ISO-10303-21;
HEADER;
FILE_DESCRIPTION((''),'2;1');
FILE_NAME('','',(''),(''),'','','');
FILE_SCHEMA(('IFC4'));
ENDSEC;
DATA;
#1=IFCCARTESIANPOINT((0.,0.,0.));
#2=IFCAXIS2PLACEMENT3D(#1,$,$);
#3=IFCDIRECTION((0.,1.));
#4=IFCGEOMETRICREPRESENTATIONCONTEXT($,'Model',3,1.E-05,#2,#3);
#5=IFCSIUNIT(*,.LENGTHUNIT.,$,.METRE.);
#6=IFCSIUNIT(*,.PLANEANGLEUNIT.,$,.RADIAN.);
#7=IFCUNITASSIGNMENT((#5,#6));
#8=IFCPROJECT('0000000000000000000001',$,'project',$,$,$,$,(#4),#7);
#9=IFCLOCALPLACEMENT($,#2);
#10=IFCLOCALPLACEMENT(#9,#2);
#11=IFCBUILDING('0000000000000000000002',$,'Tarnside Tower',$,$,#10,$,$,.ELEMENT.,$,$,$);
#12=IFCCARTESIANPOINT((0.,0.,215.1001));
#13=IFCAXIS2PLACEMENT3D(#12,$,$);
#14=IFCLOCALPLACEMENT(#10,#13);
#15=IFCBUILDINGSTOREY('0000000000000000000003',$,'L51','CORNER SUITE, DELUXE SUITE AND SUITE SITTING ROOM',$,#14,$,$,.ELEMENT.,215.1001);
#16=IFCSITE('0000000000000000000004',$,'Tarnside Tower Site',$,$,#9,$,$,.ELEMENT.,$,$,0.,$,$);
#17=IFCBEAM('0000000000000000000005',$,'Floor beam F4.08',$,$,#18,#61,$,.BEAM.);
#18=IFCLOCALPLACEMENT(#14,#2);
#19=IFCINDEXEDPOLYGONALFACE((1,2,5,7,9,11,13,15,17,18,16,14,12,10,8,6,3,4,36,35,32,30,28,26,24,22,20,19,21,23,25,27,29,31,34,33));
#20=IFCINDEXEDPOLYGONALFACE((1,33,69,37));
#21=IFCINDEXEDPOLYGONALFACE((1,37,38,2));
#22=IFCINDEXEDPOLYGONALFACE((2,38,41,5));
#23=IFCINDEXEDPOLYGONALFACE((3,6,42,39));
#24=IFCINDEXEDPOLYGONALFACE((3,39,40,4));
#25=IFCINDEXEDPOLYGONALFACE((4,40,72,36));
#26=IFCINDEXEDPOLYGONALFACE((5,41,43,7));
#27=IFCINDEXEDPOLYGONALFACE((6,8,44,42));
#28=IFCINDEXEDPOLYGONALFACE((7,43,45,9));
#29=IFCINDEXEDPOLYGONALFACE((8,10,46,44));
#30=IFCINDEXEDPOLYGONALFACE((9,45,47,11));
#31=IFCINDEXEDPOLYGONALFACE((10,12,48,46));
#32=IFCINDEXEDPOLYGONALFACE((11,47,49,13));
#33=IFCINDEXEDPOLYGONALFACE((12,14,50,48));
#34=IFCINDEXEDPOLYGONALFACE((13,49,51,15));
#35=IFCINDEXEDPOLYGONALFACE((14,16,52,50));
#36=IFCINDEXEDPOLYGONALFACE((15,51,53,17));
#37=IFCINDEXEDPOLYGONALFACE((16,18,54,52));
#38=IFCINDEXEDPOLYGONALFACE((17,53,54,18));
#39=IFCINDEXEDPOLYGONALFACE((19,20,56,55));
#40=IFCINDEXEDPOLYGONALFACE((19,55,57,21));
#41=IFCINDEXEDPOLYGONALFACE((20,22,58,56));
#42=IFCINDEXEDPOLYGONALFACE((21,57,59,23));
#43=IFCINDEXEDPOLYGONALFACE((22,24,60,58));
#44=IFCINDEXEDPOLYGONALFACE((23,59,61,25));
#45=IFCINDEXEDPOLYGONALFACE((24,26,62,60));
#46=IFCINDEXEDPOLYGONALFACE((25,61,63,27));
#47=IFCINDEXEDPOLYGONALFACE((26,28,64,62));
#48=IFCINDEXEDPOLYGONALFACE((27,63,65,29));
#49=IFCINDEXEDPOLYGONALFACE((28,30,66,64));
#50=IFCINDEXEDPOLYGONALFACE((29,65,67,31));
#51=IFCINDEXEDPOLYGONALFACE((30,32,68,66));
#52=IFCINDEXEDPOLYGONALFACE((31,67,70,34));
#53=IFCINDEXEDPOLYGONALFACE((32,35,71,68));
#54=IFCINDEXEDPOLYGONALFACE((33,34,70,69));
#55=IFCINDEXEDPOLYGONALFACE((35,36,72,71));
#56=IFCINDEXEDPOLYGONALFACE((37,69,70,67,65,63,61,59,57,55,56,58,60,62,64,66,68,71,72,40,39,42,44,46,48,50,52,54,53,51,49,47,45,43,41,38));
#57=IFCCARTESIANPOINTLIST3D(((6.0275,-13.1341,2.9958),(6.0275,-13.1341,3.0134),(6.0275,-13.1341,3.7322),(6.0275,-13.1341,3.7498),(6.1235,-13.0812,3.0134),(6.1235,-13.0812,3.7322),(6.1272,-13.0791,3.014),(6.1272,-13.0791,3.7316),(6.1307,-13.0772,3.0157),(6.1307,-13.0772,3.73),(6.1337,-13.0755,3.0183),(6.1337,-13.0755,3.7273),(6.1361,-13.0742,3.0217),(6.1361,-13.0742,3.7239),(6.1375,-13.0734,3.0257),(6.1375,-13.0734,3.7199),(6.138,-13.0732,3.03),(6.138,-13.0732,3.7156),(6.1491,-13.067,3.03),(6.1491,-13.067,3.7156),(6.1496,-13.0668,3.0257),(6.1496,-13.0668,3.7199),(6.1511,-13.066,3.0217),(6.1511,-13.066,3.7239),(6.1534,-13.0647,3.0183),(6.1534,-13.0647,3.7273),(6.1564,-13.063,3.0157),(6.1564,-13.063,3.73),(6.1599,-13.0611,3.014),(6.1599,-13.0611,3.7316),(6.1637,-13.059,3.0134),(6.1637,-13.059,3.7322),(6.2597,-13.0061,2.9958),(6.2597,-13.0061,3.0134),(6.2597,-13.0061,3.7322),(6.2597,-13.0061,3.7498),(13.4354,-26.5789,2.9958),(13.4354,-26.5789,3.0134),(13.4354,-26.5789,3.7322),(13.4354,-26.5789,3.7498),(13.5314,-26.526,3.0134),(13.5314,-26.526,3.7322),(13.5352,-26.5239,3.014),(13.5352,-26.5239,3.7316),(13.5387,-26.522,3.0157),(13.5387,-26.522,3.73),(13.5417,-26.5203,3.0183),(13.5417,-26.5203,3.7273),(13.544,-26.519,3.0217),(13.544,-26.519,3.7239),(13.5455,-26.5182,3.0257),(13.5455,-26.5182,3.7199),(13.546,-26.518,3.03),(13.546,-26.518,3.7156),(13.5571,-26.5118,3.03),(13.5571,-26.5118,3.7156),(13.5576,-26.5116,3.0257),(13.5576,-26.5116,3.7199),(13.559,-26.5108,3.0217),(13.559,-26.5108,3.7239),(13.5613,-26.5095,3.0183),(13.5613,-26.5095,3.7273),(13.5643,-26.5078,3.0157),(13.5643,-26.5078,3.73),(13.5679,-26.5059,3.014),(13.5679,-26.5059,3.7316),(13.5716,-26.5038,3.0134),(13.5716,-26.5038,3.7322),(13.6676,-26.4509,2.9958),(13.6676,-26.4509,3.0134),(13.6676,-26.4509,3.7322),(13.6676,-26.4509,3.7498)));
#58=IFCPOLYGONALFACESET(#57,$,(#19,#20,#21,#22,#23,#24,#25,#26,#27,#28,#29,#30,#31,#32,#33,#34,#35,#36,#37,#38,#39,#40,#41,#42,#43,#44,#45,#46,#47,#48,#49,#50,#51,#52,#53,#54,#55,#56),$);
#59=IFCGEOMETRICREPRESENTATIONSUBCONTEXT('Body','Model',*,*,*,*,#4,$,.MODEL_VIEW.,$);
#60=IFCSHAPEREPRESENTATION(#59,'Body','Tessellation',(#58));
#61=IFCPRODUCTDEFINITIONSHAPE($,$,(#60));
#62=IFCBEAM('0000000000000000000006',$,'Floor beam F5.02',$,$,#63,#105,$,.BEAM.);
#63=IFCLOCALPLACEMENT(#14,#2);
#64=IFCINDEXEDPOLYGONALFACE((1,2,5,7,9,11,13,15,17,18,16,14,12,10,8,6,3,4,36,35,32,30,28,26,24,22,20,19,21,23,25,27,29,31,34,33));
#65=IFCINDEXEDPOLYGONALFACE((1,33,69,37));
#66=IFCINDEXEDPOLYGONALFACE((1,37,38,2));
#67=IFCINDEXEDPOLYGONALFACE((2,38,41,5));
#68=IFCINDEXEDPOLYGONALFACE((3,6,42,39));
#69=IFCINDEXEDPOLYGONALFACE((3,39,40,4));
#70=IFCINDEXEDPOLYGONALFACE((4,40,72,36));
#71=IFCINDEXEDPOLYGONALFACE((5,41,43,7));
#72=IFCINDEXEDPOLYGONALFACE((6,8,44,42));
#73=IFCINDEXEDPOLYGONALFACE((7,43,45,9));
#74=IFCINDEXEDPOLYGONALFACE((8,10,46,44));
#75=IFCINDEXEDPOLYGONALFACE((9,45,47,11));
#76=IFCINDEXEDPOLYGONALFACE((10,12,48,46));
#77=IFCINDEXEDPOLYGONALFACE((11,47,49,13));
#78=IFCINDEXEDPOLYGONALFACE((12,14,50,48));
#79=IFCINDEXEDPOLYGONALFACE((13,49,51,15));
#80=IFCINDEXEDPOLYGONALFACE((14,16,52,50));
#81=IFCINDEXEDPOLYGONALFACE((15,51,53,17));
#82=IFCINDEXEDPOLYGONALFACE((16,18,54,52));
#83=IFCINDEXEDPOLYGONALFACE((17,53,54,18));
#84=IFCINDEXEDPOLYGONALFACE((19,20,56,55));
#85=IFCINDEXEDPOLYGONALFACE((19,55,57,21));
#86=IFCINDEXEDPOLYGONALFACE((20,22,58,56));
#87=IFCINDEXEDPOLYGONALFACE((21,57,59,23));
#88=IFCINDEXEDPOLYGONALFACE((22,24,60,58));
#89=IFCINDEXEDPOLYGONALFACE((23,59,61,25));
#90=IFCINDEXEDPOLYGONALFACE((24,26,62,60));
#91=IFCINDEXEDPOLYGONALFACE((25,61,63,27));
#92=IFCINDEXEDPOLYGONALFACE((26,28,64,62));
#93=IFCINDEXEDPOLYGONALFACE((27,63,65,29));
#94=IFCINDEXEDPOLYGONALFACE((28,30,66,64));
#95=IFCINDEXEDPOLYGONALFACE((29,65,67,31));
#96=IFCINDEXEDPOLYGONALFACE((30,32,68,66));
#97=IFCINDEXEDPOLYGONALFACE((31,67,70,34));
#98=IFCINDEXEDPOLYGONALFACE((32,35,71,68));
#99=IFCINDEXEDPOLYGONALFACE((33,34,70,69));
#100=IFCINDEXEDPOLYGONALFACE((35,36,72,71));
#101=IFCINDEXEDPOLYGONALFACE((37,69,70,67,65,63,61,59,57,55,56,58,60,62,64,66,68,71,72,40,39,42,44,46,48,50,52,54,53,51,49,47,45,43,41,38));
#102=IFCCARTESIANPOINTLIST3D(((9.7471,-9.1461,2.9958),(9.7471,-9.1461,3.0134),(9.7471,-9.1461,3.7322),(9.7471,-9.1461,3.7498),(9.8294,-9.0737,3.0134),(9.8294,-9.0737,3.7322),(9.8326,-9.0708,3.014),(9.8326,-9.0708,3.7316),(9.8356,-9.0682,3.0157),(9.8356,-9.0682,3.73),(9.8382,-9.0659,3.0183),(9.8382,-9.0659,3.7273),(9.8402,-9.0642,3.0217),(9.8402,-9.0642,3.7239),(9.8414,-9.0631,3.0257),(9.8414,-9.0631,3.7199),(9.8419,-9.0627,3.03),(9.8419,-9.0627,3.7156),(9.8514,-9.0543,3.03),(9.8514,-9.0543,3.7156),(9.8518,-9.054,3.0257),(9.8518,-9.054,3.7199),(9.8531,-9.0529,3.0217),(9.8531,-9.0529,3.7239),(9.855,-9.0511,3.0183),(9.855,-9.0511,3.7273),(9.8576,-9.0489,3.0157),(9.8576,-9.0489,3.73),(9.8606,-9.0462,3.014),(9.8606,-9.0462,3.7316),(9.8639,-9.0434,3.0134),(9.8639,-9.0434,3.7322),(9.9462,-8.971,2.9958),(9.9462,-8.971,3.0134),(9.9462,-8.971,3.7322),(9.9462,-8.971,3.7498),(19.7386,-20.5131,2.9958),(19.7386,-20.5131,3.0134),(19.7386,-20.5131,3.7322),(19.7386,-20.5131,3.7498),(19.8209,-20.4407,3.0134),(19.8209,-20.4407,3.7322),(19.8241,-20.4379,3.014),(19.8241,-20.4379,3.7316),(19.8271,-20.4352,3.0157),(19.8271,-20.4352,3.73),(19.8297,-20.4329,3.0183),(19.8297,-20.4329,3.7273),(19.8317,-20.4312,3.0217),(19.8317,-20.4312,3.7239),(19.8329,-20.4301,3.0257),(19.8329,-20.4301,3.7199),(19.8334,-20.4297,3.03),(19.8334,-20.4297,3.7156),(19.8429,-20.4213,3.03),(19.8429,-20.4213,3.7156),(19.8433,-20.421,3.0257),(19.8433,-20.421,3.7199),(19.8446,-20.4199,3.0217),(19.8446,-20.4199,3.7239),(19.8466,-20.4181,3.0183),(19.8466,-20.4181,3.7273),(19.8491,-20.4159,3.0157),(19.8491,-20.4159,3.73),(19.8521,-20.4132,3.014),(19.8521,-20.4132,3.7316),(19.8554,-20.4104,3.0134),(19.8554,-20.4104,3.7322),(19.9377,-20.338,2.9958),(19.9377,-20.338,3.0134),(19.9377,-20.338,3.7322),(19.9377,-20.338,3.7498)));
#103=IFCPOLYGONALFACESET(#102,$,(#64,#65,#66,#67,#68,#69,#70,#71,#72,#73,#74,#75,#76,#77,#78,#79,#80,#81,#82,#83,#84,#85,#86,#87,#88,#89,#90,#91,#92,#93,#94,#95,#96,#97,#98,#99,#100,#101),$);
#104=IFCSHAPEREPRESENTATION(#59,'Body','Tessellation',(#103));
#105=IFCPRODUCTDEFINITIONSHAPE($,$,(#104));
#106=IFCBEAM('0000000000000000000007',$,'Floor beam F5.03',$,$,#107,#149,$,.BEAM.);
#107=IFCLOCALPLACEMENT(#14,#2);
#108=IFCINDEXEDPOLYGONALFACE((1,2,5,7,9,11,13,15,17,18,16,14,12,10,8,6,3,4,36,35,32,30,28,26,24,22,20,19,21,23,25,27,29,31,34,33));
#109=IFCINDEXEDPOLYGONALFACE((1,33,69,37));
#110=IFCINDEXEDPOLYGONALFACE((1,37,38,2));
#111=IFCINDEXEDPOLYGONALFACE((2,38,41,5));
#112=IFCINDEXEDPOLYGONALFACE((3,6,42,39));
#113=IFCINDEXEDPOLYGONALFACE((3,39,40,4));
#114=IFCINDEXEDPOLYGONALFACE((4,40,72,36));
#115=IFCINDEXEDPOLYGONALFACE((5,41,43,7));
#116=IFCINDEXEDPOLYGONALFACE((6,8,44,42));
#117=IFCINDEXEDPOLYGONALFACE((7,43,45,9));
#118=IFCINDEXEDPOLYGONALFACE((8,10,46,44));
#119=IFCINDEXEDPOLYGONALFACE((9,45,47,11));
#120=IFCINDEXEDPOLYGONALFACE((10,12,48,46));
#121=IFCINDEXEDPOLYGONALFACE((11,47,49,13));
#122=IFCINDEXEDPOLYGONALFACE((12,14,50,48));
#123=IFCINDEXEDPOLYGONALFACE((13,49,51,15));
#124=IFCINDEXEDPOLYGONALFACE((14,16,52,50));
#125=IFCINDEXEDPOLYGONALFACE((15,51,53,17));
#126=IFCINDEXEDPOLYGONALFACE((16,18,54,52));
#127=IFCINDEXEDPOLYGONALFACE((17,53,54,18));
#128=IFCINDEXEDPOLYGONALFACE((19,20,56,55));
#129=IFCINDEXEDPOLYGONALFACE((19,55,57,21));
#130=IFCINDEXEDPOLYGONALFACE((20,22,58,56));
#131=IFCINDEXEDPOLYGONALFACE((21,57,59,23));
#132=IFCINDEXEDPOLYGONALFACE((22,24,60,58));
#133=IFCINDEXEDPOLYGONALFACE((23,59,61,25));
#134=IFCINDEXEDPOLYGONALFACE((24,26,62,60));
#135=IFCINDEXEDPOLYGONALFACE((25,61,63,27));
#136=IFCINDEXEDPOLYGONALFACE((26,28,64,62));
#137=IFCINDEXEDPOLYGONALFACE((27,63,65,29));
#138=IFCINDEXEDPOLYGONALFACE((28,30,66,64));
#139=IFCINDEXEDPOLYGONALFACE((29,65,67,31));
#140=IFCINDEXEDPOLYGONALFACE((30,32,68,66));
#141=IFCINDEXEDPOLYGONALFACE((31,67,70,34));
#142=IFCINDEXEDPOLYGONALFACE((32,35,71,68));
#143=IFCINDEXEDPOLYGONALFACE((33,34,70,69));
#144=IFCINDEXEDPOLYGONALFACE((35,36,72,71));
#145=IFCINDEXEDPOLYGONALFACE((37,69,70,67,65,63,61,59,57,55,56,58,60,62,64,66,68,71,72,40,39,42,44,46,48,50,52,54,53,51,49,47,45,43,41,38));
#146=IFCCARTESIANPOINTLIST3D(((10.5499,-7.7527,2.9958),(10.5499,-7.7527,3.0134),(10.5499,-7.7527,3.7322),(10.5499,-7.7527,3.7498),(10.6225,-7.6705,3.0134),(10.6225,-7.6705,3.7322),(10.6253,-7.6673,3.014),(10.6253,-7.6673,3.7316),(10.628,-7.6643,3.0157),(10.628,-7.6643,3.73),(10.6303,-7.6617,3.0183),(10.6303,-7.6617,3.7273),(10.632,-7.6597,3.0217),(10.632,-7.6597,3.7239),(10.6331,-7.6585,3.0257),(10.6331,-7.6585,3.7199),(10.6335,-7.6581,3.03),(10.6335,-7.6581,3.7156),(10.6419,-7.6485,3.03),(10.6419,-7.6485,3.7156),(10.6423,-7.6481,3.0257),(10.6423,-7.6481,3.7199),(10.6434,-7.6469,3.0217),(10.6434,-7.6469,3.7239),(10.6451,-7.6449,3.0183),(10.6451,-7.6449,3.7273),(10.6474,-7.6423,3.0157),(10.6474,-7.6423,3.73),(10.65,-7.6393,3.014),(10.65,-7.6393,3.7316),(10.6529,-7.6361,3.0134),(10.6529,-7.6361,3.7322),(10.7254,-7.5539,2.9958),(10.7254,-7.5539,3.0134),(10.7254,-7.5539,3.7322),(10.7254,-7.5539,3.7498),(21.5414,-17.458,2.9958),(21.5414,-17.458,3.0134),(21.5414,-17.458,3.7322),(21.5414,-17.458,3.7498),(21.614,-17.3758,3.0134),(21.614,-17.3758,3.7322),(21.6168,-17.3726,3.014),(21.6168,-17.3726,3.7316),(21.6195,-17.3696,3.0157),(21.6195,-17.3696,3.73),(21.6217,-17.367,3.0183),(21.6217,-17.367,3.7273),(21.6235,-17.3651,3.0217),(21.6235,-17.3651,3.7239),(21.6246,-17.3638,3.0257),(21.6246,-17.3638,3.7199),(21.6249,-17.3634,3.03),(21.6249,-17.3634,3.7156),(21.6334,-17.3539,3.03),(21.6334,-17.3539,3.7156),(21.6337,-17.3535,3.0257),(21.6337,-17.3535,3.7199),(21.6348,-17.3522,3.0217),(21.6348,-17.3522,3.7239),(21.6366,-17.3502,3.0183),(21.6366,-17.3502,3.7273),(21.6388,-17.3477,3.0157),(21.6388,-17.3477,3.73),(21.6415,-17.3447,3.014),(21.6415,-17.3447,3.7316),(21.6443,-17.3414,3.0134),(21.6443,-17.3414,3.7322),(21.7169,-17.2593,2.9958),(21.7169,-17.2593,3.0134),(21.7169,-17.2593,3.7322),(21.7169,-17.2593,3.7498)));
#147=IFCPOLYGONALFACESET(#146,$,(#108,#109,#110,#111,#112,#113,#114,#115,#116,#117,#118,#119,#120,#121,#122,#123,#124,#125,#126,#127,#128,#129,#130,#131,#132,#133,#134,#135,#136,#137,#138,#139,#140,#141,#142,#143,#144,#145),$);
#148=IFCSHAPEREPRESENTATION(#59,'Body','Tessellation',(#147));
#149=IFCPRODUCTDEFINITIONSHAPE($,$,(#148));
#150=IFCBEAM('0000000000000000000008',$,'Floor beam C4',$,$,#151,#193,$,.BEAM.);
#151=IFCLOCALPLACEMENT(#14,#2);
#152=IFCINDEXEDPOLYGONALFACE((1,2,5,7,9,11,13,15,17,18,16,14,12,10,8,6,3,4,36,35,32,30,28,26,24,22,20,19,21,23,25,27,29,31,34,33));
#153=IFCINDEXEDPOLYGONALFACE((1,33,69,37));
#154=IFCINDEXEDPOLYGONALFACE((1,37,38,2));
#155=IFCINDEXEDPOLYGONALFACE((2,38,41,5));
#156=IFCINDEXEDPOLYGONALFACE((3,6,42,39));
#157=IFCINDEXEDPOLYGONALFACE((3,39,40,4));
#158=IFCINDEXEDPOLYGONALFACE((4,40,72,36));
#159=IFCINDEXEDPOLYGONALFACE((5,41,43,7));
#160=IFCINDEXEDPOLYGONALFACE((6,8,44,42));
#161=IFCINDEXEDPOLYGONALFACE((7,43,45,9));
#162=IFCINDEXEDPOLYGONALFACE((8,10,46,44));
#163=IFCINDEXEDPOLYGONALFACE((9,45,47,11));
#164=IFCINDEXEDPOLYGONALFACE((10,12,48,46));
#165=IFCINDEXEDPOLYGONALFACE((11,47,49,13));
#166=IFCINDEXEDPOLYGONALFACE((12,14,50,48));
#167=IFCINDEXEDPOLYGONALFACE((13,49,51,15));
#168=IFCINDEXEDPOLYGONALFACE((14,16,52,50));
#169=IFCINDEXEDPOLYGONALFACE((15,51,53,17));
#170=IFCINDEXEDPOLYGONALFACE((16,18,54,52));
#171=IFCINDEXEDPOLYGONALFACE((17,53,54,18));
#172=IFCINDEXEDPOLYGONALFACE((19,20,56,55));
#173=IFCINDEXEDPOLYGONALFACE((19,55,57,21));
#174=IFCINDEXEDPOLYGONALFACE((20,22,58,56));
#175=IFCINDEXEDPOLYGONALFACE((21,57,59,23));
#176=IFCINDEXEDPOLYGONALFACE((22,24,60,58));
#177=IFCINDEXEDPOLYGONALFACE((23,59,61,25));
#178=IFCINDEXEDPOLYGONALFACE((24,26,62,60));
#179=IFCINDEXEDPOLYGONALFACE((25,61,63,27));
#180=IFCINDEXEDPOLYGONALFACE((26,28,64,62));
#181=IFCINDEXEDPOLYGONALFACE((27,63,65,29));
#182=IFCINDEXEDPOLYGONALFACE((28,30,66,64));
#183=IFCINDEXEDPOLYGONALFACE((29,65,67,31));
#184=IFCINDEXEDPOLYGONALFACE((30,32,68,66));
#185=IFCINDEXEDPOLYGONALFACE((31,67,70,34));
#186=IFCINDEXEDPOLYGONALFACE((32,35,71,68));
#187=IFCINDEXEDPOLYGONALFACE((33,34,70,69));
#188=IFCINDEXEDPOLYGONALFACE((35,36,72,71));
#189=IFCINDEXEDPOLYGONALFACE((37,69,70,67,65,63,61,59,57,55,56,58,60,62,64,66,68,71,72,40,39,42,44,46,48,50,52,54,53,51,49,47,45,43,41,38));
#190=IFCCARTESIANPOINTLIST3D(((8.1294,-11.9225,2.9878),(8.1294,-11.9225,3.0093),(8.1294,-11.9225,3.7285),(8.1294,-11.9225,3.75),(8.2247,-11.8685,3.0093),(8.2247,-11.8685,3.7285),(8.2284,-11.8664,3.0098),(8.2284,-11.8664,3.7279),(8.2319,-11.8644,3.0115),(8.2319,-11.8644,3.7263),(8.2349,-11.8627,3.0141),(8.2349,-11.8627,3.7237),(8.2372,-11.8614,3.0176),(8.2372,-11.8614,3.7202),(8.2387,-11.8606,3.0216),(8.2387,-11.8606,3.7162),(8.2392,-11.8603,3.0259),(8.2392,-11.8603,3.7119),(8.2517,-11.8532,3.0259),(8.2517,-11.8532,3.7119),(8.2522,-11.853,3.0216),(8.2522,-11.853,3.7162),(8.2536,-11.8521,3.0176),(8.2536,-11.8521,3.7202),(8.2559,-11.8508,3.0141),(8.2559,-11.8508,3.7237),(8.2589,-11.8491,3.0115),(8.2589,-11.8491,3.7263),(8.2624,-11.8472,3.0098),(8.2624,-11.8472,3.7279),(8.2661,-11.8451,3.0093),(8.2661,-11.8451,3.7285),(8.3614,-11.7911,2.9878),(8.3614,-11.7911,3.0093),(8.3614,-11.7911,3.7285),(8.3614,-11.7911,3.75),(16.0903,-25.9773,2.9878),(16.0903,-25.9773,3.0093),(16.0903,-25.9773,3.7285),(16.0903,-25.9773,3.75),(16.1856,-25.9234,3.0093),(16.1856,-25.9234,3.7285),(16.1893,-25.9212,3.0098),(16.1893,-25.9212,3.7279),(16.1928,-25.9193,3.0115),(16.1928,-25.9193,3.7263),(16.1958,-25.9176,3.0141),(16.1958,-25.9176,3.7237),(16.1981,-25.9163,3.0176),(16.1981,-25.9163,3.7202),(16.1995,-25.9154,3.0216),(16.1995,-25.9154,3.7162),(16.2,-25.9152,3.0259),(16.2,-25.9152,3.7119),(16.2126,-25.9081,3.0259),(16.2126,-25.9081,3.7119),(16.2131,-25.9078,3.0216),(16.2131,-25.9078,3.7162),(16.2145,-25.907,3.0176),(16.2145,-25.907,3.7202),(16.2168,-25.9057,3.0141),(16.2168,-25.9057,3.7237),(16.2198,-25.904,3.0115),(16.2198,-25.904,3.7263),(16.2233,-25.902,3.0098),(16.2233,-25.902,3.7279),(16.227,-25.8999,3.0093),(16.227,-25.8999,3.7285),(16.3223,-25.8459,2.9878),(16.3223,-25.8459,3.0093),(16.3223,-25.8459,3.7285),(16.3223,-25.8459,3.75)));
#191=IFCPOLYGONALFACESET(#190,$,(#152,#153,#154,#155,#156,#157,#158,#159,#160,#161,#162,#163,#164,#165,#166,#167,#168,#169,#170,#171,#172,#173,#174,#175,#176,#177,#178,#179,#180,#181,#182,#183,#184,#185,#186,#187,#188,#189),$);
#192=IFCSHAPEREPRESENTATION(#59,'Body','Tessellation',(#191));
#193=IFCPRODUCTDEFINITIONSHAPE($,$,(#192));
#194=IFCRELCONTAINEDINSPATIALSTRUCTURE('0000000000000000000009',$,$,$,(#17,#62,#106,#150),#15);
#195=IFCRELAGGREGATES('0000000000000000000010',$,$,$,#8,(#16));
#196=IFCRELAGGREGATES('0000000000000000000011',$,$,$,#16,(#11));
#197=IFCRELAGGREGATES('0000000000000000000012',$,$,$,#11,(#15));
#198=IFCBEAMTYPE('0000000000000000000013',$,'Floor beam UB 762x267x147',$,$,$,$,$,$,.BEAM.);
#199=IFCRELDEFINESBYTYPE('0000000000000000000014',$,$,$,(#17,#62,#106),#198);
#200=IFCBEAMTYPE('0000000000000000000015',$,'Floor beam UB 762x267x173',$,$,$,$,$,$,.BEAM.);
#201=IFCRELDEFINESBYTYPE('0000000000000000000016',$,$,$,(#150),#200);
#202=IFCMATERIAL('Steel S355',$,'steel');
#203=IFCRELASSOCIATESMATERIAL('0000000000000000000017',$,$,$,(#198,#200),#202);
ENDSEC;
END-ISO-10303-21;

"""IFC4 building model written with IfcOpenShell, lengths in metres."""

from ifc_helpers import new_model, si_unit, direction, frame, origin, origin_2d, place, context, subcontext, project, spatial, i_section, extrude, material, material_profile, profile_set, type_object, element, save


model = new_model("IFC4")

# Units and contexts
model_context = context("Model", 3, precision=1e-05, world=origin(), true_north=direction((0.0, 1.0)))
body_context = subcontext(model_context, "Body", "Model", "MODEL_VIEW")
ifc_project = project(units=[si_unit("LENGTHUNIT", "METRE"), si_unit("PLANEANGLEUNIT", "RADIAN")], contexts=[model_context])

# Site, building, storey
site_placement = place(None, origin())
site = spatial("IfcSite", under=ifc_project, at=site_placement, Name="Tarnside Tower Site", CompositionType="ELEMENT", RefElevation=0.0)
building_placement = place(site_placement, origin())
building = spatial("IfcBuilding", under=site, at=building_placement, Name="Tarnside Tower", CompositionType="ELEMENT")
storey_placement = place(building_placement, frame((0.0, 0.0, 215.1001)))
storey = spatial("IfcBuildingStorey", under=building, at=storey_placement, Name="L51", Description="CORNER SUITE, DELUXE SUITE AND SUITE SITTING ROOM", CompositionType="ELEMENT", Elevation=215.1001)

# Beams
ifc_material_1 = material(Name="Steel S355", Category="steel")
ifc_material_profile_1 = material_profile(ifc_material_1, i_section(OverallWidth=0.2651, OverallDepth=0.7539, WebThickness=0.0127, FlangeThickness=0.0176, FilletRadius=0.0166, at=origin_2d()), Name="UB 762x267x147")
ifc_profile_set_1 = profile_set([ifc_material_profile_1], Name="Steel S355")
beam_type_1 = type_object("IfcBeamType", Name="Floor beam UB 762x267x147", PredefinedType="BEAM", material=ifc_profile_set_1)
beam_1_placement = place(storey_placement, frame((13.5515, -26.5149, 3.3728), z_axis=(-0.482584, 0.87585, 0.0), x_axis=(-0.87585, -0.482584, 0.0)))
element("IfcBeam", 1, at=beam_1_placement, inside=storey, type_object=beam_type_1, Name="Floor beam F4.08", PredefinedType="BEAM", context=body_context, shape_type="SweptSolid", body=[
    extrude(i_section(OverallWidth=0.2651, OverallDepth=0.7539, WebThickness=0.0127, FlangeThickness=0.0176, FilletRadius=0.0166, at=origin_2d()), origin(), (0.0, 0.0, 1.0), 15.3506),
])
beam_2_placement = place(storey_placement, frame((19.8381, -20.4255, 3.3728), z_axis=(-0.660201, 0.751089, 0.0), x_axis=(-0.751089, -0.660201, 0.0)))
element("IfcBeam", 2, at=beam_2_placement, inside=storey, type_object=beam_type_1, Name="Floor beam F5.02", PredefinedType="BEAM", context=body_context, shape_type="SweptSolid", body=[
    extrude(i_section(OverallWidth=0.2651, OverallDepth=0.7539, WebThickness=0.0127, FlangeThickness=0.0176, FilletRadius=0.0166, at=origin_2d()), origin(), (0.0, 0.0, 1.0), 15.134),
])
beam_3_placement = place(storey_placement, frame((21.6292, -17.3586, 3.3728), z_axis=(-0.749602, 0.661889, 0.0), x_axis=(-0.661889, -0.749602, 0.0)))
element("IfcBeam", 3, at=beam_3_placement, inside=storey, type_object=beam_type_1, Name="Floor beam F5.03", PredefinedType="BEAM", context=body_context, shape_type="SweptSolid", body=[
    extrude(i_section(OverallWidth=0.2651, OverallDepth=0.7539, WebThickness=0.0127, FlangeThickness=0.0176, FilletRadius=0.0166, at=origin_2d()), origin(), (0.0, 0.0, 1.0), 14.6631),
])
ifc_material_profile_2 = material_profile(ifc_material_1, i_section(OverallWidth=0.2666, OverallDepth=0.7622, WebThickness=0.0144, FlangeThickness=0.0215, FilletRadius=0.0166, at=origin_2d()), Name="UB 762x267x173")
ifc_profile_set_2 = profile_set([ifc_material_profile_2], Name="Steel S355")
beam_type_2 = type_object("IfcBeamType", Name="Floor beam UB 762x267x173", PredefinedType="BEAM", material=ifc_profile_set_2)
beam_4_placement = place(storey_placement, frame((16.2063, -25.9116, 3.3689), z_axis=(-0.492847, 0.870116, 0.0), x_axis=(-0.870116, -0.492847, 0.0)))
element("IfcBeam", 4, at=beam_4_placement, inside=storey, type_object=beam_type_2, Name="Floor beam C4", PredefinedType="BEAM", context=body_context, shape_type="SweptSolid", body=[
    extrude(i_section(OverallWidth=0.2666, OverallDepth=0.7622, WebThickness=0.0144, FlangeThickness=0.0215, FilletRadius=0.0166, at=origin_2d()), origin(), (0.0, 0.0, 1.0), 16.1528),
])

save(model, "model.ifc")
